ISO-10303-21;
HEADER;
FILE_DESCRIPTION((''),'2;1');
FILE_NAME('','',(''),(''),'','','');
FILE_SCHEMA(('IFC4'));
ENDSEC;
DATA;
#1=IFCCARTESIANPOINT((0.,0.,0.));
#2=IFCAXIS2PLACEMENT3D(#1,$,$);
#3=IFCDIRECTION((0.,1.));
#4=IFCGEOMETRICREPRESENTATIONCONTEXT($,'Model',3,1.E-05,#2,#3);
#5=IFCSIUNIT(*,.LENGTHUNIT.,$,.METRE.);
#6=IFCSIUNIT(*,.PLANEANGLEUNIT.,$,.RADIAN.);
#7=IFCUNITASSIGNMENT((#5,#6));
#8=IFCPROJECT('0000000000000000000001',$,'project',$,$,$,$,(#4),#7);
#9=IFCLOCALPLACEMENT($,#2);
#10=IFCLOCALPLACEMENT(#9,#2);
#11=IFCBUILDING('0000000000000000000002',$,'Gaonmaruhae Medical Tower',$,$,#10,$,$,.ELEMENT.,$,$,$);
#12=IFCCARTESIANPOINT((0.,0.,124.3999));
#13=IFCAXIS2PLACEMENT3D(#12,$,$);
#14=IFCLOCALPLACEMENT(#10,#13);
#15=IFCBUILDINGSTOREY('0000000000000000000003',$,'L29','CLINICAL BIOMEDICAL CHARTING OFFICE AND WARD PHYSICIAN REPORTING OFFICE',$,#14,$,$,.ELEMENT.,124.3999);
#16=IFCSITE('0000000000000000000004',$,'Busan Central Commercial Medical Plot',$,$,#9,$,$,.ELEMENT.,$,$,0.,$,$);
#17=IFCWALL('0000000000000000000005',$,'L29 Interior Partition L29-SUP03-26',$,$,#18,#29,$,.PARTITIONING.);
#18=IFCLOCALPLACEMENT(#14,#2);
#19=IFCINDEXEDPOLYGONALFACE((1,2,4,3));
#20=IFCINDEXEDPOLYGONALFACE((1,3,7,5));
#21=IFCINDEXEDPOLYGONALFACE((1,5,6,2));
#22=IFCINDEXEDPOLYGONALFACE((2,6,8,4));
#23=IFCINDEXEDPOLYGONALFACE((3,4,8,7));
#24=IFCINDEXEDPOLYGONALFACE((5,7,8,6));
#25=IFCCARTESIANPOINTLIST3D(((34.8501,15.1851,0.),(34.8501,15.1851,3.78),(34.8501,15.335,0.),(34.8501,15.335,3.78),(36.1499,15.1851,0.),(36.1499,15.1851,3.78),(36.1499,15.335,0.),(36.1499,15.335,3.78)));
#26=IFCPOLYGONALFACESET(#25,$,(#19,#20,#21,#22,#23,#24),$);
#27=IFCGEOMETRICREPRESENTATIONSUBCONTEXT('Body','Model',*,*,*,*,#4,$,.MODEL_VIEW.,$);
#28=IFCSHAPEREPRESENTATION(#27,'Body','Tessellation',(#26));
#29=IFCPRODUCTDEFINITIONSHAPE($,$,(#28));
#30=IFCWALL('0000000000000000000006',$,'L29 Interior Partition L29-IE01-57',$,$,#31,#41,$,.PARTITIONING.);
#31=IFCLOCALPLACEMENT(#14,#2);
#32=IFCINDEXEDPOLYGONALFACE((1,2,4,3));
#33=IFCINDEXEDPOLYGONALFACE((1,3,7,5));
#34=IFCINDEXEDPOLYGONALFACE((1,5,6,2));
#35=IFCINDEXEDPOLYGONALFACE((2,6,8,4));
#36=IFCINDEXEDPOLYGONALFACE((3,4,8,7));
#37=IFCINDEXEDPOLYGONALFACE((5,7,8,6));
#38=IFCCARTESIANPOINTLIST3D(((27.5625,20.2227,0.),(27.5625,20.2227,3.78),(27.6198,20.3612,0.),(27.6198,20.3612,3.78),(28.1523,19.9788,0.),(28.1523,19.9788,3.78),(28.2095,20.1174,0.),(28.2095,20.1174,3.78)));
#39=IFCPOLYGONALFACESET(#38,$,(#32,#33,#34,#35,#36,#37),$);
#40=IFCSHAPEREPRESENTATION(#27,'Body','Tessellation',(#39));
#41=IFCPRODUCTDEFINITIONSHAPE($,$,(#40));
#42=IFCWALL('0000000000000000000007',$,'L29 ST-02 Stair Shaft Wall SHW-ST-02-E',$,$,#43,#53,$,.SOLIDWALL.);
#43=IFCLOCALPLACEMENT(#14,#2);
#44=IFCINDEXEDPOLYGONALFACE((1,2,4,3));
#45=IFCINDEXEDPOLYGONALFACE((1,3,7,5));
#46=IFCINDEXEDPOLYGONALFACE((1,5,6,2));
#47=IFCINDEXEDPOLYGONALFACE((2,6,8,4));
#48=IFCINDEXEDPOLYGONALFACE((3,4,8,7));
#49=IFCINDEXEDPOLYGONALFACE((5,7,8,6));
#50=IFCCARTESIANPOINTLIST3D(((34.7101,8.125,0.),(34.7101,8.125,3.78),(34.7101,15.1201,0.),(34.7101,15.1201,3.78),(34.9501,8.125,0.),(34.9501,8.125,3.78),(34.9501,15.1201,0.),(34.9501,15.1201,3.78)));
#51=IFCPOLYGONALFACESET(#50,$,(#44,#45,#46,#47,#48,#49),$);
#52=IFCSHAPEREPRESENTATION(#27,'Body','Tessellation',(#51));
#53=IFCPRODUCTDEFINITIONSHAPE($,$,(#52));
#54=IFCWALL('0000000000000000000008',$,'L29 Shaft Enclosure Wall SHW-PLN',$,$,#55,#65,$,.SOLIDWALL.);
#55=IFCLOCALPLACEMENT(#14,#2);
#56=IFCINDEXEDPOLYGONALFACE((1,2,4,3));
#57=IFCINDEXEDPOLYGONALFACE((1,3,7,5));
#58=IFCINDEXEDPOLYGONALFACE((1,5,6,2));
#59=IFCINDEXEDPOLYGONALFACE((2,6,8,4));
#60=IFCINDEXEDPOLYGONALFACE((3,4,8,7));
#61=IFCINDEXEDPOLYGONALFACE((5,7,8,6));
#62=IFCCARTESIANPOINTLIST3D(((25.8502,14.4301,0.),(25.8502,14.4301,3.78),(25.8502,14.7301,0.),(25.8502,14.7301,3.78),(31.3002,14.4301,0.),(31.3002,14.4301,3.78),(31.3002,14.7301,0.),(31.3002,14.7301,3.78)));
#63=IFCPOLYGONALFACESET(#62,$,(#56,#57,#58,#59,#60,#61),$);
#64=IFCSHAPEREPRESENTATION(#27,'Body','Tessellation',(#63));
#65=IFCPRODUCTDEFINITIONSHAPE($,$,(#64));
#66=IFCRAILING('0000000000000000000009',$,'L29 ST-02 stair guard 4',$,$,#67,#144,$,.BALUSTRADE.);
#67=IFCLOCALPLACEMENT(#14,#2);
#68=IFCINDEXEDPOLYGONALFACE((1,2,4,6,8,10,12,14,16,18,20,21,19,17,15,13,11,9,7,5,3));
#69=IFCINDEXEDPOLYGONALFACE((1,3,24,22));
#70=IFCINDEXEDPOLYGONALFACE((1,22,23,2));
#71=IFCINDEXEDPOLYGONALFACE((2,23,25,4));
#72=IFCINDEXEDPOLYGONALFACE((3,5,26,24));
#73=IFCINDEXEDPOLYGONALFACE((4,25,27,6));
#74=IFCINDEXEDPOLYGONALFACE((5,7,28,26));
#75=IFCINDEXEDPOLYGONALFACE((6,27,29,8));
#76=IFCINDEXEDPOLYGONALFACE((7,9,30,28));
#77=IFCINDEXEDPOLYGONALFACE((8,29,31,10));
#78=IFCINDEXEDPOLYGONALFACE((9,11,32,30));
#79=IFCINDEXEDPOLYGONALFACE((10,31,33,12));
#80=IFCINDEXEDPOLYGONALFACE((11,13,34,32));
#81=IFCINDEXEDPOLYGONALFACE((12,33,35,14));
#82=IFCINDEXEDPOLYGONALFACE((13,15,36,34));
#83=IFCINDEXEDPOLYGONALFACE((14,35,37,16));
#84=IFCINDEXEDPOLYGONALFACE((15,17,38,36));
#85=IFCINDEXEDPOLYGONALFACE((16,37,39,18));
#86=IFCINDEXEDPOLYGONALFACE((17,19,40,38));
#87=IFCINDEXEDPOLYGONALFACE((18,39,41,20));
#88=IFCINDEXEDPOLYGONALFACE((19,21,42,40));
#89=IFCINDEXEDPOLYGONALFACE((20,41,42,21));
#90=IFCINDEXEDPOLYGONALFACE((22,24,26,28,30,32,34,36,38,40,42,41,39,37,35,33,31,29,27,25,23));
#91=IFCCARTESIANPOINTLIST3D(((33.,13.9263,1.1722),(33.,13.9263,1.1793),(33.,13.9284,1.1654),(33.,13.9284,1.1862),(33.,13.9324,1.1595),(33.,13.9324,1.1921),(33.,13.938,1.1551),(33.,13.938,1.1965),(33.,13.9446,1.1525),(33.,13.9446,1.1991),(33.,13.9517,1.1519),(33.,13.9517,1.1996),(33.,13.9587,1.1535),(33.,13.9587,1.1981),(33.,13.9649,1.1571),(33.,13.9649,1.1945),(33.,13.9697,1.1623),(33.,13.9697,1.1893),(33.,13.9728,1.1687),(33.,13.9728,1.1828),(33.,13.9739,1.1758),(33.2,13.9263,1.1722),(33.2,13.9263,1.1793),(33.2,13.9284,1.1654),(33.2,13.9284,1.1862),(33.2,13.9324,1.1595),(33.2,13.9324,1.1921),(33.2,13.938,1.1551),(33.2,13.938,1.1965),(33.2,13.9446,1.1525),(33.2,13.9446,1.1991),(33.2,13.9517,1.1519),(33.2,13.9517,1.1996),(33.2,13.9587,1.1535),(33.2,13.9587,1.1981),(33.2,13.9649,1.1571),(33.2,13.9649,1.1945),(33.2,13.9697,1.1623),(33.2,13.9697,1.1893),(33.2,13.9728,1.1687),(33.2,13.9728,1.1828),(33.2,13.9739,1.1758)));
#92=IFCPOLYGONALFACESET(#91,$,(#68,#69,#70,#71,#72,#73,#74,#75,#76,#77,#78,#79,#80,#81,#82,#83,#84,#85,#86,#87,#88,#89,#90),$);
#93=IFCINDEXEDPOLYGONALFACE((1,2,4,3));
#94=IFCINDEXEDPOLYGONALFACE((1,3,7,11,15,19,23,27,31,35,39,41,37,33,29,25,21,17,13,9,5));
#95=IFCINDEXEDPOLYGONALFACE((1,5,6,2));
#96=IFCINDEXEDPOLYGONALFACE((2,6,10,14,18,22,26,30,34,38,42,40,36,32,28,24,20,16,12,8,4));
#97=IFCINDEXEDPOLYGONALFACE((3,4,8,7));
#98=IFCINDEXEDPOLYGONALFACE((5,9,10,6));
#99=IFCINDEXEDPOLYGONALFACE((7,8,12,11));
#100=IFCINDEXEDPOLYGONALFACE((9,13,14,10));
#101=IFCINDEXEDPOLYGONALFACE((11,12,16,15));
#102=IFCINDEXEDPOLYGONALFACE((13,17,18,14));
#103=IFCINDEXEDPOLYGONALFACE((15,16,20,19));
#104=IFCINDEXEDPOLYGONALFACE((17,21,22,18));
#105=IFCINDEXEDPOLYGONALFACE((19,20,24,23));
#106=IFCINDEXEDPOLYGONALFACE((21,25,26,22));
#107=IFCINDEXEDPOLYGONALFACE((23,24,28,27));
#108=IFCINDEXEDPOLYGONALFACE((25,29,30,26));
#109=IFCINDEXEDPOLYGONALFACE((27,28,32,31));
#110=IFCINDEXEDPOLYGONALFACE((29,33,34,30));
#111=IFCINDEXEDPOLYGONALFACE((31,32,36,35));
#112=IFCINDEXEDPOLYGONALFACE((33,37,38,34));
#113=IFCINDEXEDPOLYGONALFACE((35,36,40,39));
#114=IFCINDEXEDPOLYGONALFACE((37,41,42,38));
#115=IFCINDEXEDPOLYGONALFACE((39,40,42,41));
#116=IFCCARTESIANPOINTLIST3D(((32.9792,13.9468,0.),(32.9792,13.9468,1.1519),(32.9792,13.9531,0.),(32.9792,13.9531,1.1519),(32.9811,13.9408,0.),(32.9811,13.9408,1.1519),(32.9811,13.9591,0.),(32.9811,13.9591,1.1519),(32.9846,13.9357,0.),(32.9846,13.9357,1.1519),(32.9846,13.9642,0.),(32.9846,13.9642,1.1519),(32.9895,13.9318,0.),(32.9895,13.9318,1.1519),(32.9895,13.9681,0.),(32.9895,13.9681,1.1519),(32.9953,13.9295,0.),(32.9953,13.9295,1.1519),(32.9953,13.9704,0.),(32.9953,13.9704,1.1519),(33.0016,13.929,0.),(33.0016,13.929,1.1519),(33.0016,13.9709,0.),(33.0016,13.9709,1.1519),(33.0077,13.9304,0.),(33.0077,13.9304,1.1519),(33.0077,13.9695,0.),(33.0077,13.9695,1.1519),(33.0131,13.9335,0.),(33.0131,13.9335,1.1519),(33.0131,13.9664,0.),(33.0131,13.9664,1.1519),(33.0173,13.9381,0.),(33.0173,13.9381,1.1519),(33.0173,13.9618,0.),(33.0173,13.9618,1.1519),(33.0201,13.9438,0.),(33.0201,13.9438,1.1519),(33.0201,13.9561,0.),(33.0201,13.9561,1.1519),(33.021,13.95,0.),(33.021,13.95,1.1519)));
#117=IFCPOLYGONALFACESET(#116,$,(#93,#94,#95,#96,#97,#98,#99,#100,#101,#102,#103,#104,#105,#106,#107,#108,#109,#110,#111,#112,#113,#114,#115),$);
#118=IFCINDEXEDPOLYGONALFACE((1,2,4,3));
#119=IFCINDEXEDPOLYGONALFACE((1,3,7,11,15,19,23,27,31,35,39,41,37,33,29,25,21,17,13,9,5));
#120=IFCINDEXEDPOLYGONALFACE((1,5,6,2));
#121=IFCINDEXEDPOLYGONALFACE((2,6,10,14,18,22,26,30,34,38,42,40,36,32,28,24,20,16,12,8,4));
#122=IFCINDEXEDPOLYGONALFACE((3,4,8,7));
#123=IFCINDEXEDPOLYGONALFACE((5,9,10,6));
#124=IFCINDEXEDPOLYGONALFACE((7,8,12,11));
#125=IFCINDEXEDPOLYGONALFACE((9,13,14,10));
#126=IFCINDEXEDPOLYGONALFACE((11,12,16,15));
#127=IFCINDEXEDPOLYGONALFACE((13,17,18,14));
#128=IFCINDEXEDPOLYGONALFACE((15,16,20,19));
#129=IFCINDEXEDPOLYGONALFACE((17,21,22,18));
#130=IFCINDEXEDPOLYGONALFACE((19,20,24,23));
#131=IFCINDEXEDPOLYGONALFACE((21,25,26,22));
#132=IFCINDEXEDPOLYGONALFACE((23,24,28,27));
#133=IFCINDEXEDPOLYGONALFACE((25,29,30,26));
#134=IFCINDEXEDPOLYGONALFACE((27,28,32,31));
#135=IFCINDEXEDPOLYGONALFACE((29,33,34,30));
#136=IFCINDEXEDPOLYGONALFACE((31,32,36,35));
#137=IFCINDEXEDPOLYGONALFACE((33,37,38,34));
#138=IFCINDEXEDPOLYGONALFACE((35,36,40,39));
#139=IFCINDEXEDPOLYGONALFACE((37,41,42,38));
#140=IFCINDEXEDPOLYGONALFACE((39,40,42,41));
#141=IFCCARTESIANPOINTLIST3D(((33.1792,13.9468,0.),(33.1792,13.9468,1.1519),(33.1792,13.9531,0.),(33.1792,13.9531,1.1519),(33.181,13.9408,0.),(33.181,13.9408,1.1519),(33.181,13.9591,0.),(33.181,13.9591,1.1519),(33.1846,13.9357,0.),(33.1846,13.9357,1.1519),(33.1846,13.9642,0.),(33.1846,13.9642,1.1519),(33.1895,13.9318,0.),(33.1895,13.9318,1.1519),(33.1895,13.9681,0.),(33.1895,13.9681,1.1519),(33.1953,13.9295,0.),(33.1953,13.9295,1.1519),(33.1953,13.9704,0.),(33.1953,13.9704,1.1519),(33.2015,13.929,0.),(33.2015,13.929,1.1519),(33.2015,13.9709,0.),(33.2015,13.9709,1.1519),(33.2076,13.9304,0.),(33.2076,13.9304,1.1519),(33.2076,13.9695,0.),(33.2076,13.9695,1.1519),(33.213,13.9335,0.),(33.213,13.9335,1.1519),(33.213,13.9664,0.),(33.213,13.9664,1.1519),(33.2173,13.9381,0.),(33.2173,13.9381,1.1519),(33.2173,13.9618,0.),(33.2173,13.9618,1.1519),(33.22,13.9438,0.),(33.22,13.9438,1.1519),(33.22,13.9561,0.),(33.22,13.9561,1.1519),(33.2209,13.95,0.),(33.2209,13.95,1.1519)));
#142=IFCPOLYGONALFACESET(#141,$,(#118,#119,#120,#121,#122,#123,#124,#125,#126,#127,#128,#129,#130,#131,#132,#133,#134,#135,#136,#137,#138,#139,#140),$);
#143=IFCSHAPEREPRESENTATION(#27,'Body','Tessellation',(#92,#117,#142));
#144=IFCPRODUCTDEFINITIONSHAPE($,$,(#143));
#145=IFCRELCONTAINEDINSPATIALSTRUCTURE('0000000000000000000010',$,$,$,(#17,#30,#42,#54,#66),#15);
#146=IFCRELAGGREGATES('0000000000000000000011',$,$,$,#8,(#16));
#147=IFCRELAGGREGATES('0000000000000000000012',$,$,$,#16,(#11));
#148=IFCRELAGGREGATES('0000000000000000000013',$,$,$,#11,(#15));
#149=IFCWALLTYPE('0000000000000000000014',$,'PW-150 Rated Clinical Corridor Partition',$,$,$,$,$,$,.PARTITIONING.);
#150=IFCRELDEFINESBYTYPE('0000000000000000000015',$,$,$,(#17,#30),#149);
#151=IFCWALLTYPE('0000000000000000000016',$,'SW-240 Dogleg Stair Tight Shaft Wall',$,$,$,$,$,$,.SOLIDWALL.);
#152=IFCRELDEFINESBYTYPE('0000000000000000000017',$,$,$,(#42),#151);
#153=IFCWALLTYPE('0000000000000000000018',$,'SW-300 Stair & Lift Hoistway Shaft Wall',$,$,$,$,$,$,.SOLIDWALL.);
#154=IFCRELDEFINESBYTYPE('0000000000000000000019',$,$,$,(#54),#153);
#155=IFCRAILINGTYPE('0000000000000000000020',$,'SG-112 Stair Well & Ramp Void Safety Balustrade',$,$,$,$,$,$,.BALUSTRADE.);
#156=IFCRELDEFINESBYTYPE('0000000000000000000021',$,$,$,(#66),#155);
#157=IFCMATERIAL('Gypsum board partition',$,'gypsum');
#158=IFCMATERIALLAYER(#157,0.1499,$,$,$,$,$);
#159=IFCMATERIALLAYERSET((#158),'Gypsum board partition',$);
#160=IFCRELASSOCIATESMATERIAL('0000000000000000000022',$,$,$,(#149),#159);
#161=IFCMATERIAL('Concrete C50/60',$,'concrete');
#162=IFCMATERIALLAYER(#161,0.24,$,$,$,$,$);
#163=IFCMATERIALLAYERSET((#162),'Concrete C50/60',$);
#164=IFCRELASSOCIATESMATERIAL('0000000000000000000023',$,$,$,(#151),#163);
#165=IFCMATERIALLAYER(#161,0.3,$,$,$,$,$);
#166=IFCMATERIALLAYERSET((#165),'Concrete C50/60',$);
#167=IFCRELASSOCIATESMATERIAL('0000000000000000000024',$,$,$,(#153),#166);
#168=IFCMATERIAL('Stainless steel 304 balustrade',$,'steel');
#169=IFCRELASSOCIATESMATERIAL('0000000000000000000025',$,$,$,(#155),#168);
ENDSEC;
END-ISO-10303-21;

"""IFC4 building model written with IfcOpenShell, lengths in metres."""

from ifc_helpers import new_model, si_unit, direction, frame, frame_2d, origin, origin_2d, place, context, subcontext, project, spatial, rectangle, circle, extrude, material, layer, layer_set, type_object, element, save


model = new_model("IFC4")

# Units and contexts
model_context = context("Model", 3, precision=1e-05, world=origin(), true_north=direction((0.0, 1.0)))
body_context = subcontext(model_context, "Body", "Model", "MODEL_VIEW")
ifc_project = project(units=[si_unit("LENGTHUNIT", "METRE"), si_unit("PLANEANGLEUNIT", "RADIAN")], contexts=[model_context])

# Site, building, storey
site_placement = place(None, origin())
site = spatial("IfcSite", under=ifc_project, at=site_placement, Name="Busan Central Commercial Medical Plot", CompositionType="ELEMENT", RefElevation=0.0)
building_placement = place(site_placement, origin())
building = spatial("IfcBuilding", under=site, at=building_placement, Name="Gaonmaruhae Medical Tower", CompositionType="ELEMENT")
storey_placement = place(building_placement, frame((0.0, 0.0, 124.3999)))
storey = spatial("IfcBuildingStorey", under=building, at=storey_placement, Name="L29", Description="CLINICAL BIOMEDICAL CHARTING OFFICE AND WARD PHYSICIAN REPORTING OFFICE", CompositionType="ELEMENT", Elevation=124.3999)

# Shared definitions
ifc_material_1 = material(Name="Gypsum board partition", Category="gypsum")
ifc_layer_1 = layer(ifc_material_1, 0.1499)
ifc_layer_set_1 = layer_set([ifc_layer_1], Name="Gypsum board partition")
wall_type_1 = type_object("IfcWallType", Name="PW-150 Rated Clinical Corridor Partition", PredefinedType="PARTITIONING", material=ifc_layer_set_1)

# Walls
wall_1_placement = place(storey_placement, frame((36.1499, 15.26, 0.0), z_axis=(0.0, 0.0, 1.0), x_axis=(-1.0, 0.0, 0.0)))
element("IfcWall", 1, at=wall_1_placement, inside=storey, type_object=wall_type_1, Name="L29 Interior Partition L29-SUP03-26", PredefinedType="PARTITIONING", context=body_context, shape_type="SweptSolid", body=[
    extrude(rectangle(XDim=1.2998, YDim=0.1499, at=frame_2d((0.6499, 0.0))), origin(), (0.0, 0.0, 1.0), 3.78),
])
wall_2_placement = place(storey_placement, frame((28.1809, 20.0481, 0.0), z_axis=(0.0, 0.0, 1.0), x_axis=(-0.924115, 0.382115, 0.0)))
element("IfcWall", 2, at=wall_2_placement, inside=storey, type_object=wall_type_1, Name="L29 Interior Partition L29-IE01-57", PredefinedType="PARTITIONING", context=body_context, shape_type="SweptSolid", body=[
    extrude(rectangle(XDim=0.6382, YDim=0.1499, at=frame_2d((0.3191, 0.0))), origin(), (0.0, 0.0, 1.0), 3.78),
])

# Shared definitions
ifc_material_2 = material(Name="Concrete C50/60", Category="concrete")
ifc_layer_2 = layer(ifc_material_2, 0.24)
ifc_layer_set_2 = layer_set([ifc_layer_2], Name="Concrete C50/60")
wall_type_2 = type_object("IfcWallType", Name="SW-240 Dogleg Stair Tight Shaft Wall", PredefinedType="SOLIDWALL", material=ifc_layer_set_2)

# Walls
wall_3_placement = place(storey_placement, frame((34.8301, 15.1201, 0.0), z_axis=(0.0, 0.0, 1.0), x_axis=(0.0, -1.0, 0.0)))
element("IfcWall", 3, at=wall_3_placement, inside=storey, type_object=wall_type_2, Name="L29 ST-02 Stair Shaft Wall SHW-ST-02-E", PredefinedType="SOLIDWALL", context=body_context, shape_type="SweptSolid", body=[
    extrude(rectangle(XDim=6.9951, YDim=0.24, at=frame_2d((3.4976, 0.0))), origin(), (0.0, 0.0, 1.0), 3.78),
])
ifc_layer_3 = layer(ifc_material_2, 0.3)
ifc_layer_set_3 = layer_set([ifc_layer_3], Name="Concrete C50/60")
wall_type_3 = type_object("IfcWallType", Name="SW-300 Stair & Lift Hoistway Shaft Wall", PredefinedType="SOLIDWALL", material=ifc_layer_set_3)
wall_4_placement = place(storey_placement, frame((25.8501, 14.5801, 0.0), z_axis=(0.0, 0.0, 1.0), x_axis=(1.0, 0.0, 0.0)))
element("IfcWall", 4, at=wall_4_placement, inside=storey, type_object=wall_type_3, Name="L29 Shaft Enclosure Wall SHW-PLN", PredefinedType="SOLIDWALL", context=body_context, shape_type="SweptSolid", body=[
    extrude(rectangle(XDim=5.45, YDim=0.3, at=frame_2d((2.7251, 0.0))), origin(), (0.0, 0.0, 1.0), 3.78),
])

# Railing
ifc_material_3 = material(Name="Stainless steel 304 balustrade", Category="steel")
railing_type = type_object("IfcRailingType", Name="SG-112 Stair Well & Ramp Void Safety Balustrade", PredefinedType="BALUSTRADE", material=ifc_material_3)
railing_1_placement = place(storey_placement, frame((33.0, 13.95, 0.0)))
element("IfcRailing", 5, at=railing_1_placement, inside=storey, type_object=railing_type, Name="L29 ST-02 stair guard 4", PredefinedType="BALUSTRADE", context=body_context, shape_type="SweptSolid", body=[
    extrude(circle(Radius=0.0239, at=origin_2d()), frame((0.0, 0.0, 1.1758), z_axis=(1.0, 0.0, 0.0), x_axis=(0.0, 1.0, 0.0)), (0.0, 0.0, 1.0), 0.2),
    extrude(circle(Radius=0.021, at=origin_2d()), origin(), (0.0, 0.0, 1.0), 1.1519),
    extrude(circle(Radius=0.021, at=origin_2d()), frame((0.2, 0.0, 0.0)), (0.0, 0.0, 1.0), 1.1519),
])

save(model, "model.ifc")
